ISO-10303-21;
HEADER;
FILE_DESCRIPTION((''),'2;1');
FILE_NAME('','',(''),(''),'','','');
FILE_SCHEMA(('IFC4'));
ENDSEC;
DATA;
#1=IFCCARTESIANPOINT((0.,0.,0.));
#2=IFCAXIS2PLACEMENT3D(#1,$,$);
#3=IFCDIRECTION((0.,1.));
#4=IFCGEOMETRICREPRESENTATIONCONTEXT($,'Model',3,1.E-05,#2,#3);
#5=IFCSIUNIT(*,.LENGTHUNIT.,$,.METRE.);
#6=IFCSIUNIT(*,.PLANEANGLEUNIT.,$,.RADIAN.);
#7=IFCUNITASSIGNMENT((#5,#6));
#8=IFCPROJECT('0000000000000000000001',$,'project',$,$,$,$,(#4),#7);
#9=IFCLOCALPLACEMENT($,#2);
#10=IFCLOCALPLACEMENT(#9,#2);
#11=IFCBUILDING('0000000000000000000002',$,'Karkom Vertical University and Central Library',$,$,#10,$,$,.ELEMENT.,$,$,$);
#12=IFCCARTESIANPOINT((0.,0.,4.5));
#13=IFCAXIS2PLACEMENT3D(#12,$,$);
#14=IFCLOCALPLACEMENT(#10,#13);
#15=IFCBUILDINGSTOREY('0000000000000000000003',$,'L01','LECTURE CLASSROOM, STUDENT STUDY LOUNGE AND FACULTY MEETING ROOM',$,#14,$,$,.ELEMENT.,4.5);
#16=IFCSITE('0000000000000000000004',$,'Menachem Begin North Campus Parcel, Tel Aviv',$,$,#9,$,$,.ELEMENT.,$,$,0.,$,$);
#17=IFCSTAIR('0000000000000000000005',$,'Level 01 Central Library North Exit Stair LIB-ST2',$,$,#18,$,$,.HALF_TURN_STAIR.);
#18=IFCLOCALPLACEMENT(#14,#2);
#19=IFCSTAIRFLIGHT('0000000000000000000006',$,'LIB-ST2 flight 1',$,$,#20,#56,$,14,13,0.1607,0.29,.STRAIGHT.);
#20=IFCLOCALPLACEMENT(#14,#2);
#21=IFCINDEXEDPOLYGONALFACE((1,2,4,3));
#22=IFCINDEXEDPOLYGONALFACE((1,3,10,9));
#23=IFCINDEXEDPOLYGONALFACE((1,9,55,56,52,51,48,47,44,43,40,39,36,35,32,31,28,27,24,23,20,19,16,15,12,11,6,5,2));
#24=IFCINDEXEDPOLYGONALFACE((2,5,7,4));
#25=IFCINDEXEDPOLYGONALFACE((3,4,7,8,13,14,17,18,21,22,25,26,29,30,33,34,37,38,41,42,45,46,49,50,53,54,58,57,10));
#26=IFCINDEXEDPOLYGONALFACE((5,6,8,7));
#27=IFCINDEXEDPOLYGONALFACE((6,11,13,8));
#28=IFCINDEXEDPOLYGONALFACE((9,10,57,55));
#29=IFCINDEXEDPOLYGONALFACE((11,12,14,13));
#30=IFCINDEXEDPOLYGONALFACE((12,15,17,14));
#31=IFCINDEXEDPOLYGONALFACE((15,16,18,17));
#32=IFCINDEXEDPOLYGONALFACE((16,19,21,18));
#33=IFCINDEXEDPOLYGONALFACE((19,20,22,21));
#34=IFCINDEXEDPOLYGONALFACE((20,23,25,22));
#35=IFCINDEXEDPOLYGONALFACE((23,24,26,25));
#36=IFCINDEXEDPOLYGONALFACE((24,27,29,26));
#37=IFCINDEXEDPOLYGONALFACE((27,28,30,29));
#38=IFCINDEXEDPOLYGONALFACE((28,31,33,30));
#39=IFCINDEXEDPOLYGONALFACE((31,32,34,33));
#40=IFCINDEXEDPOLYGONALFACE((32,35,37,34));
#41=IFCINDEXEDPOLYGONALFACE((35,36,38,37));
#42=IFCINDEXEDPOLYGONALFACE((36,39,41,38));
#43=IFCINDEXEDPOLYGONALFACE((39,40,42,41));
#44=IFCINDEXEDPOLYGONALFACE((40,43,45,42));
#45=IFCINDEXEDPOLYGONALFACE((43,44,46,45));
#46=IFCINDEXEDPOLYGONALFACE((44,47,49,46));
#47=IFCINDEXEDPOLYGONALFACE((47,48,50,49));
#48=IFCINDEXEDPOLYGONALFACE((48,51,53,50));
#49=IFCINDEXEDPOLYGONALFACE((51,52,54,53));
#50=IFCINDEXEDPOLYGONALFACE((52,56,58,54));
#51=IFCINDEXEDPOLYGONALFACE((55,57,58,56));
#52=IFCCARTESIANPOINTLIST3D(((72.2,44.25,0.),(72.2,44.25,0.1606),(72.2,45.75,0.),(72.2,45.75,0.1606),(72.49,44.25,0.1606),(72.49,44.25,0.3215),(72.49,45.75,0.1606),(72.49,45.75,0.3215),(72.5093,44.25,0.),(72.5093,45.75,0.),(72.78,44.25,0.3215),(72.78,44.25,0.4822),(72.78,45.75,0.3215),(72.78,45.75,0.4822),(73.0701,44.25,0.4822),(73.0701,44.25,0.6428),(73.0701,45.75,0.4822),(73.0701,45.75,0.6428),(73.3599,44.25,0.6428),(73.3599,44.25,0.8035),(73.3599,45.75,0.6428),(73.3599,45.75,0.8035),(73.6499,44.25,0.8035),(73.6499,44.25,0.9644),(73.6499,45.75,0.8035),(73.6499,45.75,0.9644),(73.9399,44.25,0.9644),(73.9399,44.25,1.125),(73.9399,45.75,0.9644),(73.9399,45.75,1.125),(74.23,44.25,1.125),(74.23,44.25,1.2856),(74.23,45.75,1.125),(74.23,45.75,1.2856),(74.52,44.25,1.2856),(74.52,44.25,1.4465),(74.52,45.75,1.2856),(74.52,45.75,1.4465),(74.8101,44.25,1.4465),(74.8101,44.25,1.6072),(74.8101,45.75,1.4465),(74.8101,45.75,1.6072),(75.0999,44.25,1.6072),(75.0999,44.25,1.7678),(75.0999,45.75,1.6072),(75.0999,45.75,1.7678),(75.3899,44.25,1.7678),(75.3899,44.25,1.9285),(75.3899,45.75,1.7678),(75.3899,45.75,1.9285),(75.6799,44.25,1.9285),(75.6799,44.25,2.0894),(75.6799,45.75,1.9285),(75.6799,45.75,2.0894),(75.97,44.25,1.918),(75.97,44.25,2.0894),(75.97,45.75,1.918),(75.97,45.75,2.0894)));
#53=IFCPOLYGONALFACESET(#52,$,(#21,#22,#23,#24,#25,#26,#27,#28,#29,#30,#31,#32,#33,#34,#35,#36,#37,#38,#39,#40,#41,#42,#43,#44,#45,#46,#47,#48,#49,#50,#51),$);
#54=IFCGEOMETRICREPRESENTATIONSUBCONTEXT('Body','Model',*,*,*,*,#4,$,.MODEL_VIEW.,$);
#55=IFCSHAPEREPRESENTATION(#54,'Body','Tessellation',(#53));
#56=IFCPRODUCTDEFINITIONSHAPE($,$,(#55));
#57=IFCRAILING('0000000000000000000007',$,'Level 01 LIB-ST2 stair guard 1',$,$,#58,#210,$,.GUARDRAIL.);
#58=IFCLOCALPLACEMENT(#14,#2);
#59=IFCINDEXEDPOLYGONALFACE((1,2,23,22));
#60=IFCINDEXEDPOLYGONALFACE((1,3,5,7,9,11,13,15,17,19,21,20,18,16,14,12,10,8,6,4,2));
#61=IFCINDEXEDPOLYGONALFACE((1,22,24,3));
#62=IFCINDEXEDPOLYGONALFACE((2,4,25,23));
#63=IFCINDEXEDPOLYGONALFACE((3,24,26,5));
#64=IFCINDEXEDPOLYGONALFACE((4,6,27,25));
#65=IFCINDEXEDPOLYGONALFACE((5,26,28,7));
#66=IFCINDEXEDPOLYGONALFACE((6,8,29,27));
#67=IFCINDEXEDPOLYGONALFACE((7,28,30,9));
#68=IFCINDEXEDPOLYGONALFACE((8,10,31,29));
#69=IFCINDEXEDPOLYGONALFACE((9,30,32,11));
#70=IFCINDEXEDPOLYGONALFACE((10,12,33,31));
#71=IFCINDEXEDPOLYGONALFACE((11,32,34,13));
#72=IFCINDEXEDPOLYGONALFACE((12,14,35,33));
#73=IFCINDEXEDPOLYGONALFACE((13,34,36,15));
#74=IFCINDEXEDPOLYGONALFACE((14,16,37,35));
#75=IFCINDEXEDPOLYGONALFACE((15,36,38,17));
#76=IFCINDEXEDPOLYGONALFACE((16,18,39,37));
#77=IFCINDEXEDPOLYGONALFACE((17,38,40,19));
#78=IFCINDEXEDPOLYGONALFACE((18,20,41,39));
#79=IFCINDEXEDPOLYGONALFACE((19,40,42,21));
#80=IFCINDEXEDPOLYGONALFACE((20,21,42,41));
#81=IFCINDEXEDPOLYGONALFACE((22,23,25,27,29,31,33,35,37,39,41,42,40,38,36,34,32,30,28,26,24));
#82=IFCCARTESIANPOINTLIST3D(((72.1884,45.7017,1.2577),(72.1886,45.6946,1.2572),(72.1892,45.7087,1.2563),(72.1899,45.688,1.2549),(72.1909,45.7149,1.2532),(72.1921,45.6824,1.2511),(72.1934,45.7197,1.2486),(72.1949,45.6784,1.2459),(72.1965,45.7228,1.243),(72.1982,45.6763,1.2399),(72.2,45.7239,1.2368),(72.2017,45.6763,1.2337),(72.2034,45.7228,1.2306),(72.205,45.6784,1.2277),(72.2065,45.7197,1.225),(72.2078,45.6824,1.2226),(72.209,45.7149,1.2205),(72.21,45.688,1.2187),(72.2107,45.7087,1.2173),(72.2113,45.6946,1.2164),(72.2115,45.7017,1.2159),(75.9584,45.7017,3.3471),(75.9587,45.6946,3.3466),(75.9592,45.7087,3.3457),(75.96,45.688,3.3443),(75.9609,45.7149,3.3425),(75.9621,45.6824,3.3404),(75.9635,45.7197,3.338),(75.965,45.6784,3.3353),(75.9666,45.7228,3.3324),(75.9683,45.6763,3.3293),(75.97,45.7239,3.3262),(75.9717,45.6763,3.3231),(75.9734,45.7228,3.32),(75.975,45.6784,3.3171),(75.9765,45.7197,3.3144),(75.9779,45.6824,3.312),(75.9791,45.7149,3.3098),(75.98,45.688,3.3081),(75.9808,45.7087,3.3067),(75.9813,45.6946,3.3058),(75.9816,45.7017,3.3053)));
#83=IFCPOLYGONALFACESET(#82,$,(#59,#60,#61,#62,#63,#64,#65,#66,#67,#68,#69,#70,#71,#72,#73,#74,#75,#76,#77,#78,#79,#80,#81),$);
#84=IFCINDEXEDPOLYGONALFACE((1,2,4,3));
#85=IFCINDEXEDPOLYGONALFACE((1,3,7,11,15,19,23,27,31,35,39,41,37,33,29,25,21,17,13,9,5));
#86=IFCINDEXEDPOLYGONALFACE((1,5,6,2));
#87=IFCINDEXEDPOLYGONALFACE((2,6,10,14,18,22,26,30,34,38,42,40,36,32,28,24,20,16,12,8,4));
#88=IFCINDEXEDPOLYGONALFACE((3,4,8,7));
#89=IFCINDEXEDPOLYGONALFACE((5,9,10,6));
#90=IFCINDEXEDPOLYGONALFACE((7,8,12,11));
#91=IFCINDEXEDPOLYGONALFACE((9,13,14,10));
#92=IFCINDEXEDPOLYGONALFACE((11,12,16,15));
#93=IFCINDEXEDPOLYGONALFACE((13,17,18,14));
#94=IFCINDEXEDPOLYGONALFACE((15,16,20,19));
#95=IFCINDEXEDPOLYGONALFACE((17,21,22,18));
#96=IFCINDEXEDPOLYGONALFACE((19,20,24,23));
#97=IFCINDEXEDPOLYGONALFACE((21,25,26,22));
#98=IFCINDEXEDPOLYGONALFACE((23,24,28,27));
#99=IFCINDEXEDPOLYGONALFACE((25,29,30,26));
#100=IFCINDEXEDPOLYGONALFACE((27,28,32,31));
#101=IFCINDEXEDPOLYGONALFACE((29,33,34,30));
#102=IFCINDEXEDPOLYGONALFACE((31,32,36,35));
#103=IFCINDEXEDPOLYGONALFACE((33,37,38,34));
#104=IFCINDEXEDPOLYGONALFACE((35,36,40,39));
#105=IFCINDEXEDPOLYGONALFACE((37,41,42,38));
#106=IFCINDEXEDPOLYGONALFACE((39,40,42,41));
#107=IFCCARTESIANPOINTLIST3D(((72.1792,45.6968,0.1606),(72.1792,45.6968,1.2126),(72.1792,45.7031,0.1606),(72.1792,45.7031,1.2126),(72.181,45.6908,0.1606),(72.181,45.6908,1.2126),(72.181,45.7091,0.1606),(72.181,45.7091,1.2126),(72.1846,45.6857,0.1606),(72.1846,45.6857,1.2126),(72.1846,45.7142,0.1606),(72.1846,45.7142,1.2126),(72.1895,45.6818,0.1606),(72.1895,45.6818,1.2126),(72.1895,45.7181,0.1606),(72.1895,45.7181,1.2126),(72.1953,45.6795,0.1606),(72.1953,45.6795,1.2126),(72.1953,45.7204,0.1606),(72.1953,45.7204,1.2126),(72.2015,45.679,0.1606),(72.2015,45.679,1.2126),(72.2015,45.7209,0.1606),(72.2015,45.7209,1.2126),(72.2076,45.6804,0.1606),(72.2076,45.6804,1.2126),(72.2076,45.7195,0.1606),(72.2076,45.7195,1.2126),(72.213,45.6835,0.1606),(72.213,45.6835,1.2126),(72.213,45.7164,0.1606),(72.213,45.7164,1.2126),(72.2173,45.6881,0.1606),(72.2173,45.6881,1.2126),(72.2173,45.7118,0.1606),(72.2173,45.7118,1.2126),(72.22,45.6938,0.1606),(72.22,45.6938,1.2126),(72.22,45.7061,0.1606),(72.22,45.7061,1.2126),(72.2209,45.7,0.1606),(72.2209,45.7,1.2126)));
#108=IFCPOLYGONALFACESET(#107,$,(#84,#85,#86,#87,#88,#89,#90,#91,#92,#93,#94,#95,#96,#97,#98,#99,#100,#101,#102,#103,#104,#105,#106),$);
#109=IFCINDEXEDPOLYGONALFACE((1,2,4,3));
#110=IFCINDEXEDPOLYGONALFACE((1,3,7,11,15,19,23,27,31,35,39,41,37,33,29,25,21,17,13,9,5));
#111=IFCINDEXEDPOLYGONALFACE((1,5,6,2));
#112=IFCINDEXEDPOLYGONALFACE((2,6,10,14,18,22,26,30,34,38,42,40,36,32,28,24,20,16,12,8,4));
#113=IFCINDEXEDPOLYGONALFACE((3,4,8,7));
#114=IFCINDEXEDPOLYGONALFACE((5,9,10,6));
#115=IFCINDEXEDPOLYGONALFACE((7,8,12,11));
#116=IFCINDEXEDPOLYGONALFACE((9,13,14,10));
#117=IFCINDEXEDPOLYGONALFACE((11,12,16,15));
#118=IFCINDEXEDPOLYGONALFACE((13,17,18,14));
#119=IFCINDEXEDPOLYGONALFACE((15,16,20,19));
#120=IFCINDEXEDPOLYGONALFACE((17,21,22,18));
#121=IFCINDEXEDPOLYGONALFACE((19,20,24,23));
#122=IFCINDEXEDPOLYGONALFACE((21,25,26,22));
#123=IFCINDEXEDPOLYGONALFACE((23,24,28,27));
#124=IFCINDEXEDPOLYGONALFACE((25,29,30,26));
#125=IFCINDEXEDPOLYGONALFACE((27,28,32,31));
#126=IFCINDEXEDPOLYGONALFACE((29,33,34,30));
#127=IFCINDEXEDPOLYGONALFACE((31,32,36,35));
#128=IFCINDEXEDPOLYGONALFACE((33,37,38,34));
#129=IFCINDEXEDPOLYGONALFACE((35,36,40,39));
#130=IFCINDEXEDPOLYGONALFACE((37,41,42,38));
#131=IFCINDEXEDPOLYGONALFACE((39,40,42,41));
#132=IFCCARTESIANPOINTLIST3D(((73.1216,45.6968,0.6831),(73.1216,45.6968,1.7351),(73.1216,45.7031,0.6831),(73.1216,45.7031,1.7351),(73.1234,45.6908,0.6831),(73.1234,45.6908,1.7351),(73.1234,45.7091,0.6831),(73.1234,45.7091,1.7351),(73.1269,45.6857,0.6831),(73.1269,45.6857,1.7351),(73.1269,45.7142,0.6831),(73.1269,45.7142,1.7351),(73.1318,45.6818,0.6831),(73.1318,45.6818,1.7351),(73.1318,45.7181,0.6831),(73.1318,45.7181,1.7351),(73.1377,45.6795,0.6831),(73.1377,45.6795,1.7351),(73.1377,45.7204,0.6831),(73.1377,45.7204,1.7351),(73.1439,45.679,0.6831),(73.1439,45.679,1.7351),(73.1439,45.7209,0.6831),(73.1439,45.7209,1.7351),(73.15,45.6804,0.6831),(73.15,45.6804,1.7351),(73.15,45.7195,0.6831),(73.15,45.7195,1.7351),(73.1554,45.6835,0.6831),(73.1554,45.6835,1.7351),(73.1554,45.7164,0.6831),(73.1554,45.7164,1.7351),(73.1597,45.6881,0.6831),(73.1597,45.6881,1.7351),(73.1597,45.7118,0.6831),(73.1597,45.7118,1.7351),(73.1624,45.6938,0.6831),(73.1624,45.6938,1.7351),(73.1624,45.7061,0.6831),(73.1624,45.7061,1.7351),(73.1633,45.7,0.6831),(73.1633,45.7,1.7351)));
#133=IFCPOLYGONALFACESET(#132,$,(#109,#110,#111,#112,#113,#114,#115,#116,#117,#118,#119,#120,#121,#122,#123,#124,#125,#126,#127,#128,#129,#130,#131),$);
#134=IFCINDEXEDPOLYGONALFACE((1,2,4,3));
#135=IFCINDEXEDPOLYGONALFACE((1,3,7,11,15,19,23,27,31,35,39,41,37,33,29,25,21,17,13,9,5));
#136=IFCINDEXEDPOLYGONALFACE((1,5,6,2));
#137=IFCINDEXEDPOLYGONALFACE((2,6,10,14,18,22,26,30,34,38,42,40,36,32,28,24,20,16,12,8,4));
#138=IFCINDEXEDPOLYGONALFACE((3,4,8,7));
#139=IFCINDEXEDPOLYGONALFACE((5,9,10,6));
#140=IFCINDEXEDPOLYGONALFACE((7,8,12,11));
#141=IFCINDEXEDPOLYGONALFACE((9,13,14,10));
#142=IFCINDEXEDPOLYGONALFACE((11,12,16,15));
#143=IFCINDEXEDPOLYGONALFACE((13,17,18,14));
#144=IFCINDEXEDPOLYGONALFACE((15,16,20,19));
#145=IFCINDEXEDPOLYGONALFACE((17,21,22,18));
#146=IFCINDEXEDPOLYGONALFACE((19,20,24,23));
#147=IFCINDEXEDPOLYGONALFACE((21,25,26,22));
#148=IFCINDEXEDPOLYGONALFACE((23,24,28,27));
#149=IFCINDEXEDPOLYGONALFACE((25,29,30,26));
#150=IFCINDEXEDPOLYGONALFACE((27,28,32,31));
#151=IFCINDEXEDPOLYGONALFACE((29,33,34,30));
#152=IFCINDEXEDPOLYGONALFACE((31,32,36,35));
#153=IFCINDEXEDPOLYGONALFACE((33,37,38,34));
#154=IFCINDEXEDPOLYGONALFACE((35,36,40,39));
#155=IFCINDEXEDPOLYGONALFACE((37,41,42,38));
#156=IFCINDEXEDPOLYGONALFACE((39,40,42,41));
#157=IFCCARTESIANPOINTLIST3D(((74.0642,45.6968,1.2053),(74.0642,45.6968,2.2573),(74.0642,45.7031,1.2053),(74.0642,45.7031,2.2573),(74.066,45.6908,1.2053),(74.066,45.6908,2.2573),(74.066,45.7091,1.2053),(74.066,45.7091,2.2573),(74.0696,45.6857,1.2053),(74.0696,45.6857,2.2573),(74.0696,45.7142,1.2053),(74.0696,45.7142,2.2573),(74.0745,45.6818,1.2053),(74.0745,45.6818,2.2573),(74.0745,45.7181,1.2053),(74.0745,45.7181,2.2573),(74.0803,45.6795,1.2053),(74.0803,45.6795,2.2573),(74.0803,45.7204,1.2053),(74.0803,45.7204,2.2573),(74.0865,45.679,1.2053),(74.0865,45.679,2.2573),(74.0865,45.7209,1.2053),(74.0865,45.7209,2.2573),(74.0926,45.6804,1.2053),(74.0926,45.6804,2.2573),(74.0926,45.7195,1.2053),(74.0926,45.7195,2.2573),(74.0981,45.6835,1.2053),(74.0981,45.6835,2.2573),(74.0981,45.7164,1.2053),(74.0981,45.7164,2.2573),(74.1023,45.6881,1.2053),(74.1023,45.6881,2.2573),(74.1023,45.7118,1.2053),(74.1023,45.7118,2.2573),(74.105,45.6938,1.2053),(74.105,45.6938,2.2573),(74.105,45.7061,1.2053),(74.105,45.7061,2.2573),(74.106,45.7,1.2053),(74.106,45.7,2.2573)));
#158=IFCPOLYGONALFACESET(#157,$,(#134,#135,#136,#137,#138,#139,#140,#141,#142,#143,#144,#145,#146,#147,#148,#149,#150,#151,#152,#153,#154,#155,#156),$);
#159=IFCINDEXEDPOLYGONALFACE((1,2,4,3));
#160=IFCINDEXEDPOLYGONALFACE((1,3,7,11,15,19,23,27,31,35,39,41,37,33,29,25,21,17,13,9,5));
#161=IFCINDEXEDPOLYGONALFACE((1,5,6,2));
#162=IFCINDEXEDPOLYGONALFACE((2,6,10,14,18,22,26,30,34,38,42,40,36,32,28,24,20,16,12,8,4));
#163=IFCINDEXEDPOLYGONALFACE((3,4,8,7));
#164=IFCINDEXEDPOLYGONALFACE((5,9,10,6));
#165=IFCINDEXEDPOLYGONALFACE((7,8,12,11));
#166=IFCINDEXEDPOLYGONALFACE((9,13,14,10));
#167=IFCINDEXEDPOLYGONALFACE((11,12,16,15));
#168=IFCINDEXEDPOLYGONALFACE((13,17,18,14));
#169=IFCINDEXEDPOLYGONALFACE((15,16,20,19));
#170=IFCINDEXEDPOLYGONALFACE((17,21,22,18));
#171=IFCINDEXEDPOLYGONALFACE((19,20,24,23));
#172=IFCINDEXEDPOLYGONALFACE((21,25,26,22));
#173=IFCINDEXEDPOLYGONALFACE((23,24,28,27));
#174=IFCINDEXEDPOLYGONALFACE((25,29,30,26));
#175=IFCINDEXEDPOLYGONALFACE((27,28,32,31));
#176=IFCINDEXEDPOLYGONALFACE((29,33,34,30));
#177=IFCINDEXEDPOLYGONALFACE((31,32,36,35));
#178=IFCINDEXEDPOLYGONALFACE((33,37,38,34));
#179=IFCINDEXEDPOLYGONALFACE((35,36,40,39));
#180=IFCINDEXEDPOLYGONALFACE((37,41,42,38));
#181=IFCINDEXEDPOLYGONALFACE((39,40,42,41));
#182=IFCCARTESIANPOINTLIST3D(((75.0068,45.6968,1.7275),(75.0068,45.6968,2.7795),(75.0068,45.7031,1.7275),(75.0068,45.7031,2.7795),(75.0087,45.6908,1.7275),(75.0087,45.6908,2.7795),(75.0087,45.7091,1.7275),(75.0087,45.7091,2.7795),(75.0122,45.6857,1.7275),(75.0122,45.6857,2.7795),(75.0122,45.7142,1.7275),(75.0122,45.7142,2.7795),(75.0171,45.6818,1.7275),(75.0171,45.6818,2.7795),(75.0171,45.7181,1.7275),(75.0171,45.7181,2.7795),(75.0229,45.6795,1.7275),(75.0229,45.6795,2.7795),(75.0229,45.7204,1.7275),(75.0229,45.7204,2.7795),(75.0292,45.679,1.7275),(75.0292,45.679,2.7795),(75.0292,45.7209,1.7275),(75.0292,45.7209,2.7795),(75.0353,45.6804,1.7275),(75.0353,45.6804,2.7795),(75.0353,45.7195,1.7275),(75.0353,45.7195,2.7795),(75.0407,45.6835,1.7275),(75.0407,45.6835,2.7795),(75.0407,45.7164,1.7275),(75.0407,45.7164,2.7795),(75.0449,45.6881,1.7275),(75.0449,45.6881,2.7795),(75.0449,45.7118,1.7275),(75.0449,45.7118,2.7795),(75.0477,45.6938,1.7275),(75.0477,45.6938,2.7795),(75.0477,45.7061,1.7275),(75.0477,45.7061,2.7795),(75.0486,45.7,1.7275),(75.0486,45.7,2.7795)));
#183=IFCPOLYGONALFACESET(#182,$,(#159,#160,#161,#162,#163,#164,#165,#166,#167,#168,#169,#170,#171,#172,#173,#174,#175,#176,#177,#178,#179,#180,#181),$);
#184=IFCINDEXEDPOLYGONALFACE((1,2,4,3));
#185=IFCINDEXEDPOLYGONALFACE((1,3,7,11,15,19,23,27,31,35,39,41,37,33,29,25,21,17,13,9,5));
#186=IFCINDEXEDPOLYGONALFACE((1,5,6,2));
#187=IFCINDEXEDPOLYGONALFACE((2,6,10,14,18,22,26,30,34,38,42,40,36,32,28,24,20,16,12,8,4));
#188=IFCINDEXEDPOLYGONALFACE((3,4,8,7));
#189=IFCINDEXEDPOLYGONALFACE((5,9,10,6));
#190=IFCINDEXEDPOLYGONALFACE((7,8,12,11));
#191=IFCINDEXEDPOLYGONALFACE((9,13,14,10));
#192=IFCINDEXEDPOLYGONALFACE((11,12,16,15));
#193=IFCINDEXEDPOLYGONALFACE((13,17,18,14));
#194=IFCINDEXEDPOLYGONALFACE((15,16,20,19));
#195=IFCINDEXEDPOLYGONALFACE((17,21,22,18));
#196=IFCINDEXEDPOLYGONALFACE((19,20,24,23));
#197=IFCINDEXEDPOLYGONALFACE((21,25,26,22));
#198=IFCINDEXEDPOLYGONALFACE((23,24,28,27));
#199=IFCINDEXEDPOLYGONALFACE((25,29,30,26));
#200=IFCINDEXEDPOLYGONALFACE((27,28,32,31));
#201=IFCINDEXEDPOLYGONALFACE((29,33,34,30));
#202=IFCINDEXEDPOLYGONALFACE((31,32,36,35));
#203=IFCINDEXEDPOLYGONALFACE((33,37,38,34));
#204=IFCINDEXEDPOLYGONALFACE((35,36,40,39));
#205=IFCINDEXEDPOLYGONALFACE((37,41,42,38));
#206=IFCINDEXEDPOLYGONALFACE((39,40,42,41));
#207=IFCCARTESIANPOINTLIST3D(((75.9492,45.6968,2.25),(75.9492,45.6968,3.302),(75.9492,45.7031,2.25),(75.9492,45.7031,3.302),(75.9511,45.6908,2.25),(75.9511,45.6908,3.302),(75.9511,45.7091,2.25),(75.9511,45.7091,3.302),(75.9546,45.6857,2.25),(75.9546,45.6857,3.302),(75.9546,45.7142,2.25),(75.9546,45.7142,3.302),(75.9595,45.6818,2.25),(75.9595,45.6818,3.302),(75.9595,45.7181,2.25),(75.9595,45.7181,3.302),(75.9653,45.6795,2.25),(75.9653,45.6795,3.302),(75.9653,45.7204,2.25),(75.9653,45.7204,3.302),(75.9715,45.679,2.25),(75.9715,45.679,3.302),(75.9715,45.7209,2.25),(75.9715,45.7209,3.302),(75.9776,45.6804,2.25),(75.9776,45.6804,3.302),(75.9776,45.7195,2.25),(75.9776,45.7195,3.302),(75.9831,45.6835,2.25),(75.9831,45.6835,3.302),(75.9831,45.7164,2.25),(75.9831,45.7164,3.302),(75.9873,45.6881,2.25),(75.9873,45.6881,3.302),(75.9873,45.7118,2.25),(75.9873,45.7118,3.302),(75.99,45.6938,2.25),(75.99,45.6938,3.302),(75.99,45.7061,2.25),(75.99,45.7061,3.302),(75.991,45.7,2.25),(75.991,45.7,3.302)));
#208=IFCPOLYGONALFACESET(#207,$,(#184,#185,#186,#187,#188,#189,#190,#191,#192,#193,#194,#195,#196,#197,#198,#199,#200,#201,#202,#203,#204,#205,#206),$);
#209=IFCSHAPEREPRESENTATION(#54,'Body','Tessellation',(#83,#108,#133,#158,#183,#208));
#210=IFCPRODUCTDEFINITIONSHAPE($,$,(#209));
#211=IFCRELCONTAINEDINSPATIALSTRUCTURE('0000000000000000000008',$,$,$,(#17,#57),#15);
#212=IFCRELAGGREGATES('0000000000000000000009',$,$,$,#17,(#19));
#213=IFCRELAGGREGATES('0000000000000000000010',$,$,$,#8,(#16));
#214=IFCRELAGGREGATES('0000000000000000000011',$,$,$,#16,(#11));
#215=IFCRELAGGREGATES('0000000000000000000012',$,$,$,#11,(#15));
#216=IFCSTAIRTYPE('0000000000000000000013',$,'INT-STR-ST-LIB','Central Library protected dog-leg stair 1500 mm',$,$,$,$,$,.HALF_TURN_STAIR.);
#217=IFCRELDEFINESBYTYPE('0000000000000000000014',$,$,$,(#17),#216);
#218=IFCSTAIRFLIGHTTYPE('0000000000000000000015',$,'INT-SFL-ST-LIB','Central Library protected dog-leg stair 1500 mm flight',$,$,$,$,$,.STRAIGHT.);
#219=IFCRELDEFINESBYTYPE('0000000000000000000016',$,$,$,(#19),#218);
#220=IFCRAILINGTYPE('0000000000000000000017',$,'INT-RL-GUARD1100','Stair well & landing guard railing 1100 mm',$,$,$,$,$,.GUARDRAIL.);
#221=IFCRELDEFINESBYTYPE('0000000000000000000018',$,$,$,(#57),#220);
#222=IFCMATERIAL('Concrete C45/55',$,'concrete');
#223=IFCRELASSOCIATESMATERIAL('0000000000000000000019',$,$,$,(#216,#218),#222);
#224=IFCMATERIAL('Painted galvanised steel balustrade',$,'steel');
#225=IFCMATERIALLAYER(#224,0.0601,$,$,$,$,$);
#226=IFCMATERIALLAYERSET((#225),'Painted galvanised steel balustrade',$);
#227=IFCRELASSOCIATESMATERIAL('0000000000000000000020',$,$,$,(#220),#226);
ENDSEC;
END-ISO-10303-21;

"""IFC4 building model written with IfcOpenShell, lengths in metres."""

from ifc_helpers import new_model, si_unit, direction, frame, origin, origin_2d, place, context, subcontext, project, spatial, polyline, circle, outline, extrude, material, layer, layer_set, type_object, element, aggregate, save


model = new_model("IFC4")

# Units and contexts
model_context = context("Model", 3, precision=1e-05, world=origin(), true_north=direction((0.0, 1.0)))
body_context = subcontext(model_context, "Body", "Model", "MODEL_VIEW")
ifc_project = project(units=[si_unit("LENGTHUNIT", "METRE"), si_unit("PLANEANGLEUNIT", "RADIAN")], contexts=[model_context])

# Site, building, storey
site_placement = place(None, origin())
site = spatial("IfcSite", under=ifc_project, at=site_placement, Name="Menachem Begin North Campus Parcel, Tel Aviv", CompositionType="ELEMENT", RefElevation=0.0)
building_placement = place(site_placement, origin())
building = spatial("IfcBuilding", under=site, at=building_placement, Name="Karkom Vertical University and Central Library", CompositionType="ELEMENT")
storey_placement = place(building_placement, frame((0.0, 0.0, 4.5)))
storey = spatial("IfcBuildingStorey", under=building, at=storey_placement, Name="L01", Description="LECTURE CLASSROOM, STUDENT STUDY LOUNGE AND FACULTY MEETING ROOM", CompositionType="ELEMENT", Elevation=4.5)

# Shared definitions
ifc_material_1 = material(Name="Concrete C45/55", Category="concrete")

# Stair, stair flight
stair_type = type_object("IfcStairType", Name="INT-STR-ST-LIB", Description="Central Library protected dog-leg stair 1500 mm", PredefinedType="HALF_TURN_STAIR", material=ifc_material_1)
stair_placement = place(storey_placement, origin())
stair = element("IfcStair", 1, at=stair_placement, inside=storey, type_object=stair_type, Name="Level 01 Central Library North Exit Stair LIB-ST2", PredefinedType="HALF_TURN_STAIR")
stair_flight_type = type_object("IfcStairFlightType", Name="INT-SFL-ST-LIB", Description="Central Library protected dog-leg stair 1500 mm flight", PredefinedType="STRAIGHT", material=ifc_material_1)
stair_flight_placement = place(storey_placement, frame((72.2, 45.0, 0.0), z_axis=(0.0, 0.0, 1.0), x_axis=(1.0, 0.0, 0.0)))
stair_flight = element("IfcStairFlight", 2, at=stair_flight_placement, type_object=stair_flight_type, Name="LIB-ST2 flight 1", NumberOfRisers=14, NumberOfTreads=13, PredefinedType="STRAIGHT", RiserHeight=0.1607, TreadLength=0.29, context=body_context, shape_type="SweptSolid", body=[
    extrude(outline(polyline([(0.0, 0.0), (0.0, 0.1606), (0.29, 0.1606), (0.29, 0.3215), (0.5801, 0.3215), (0.5801, 0.4822), (0.8701, 0.4822), (0.8701, 0.6428), (1.1599, 0.6428), (1.1599, 0.8035), (1.45, 0.8035), (1.45, 0.9644), (1.74, 0.9644), (1.74, 1.125), (2.03, 1.125), (2.03, 1.2856), (2.3201, 1.2856), (2.3201, 1.4465), (2.6101, 1.4465), (2.6101, 1.6072), (2.8999, 1.6072), (2.8999, 1.7678), (3.1899, 1.7678), (3.1899, 1.9285), (3.48, 1.9285), (3.48, 2.0894), (3.77, 2.0894), (3.77, 2.25), (3.77, 1.918), (0.3093, 0.0), (0.0, 0.0)])), frame((0.0, 0.75, 0.0), z_axis=(0.0, -1.0, 0.0), x_axis=(1.0, 0.0, 0.0)), (0.0, 0.0, 1.0), 1.5),
])
aggregate(stair, [stair_flight])

# Railing
ifc_material_2 = material(Name="Painted galvanised steel balustrade", Category="steel")
ifc_layer_1 = layer(ifc_material_2, 0.0601)
ifc_layer_set_1 = layer_set([ifc_layer_1], Name="Painted galvanised steel balustrade")
railing_type_1 = type_object("IfcRailingType", Name="INT-RL-GUARD1100", Description="Stair well & landing guard railing 1100 mm", PredefinedType="GUARDRAIL", material=ifc_layer_set_1)
railing_1_placement = place(storey_placement, frame((72.2, 45.7, 0.1606)))
element("IfcRailing", 3, at=railing_1_placement, inside=storey, type_object=railing_type_1, Name="Level 01 LIB-ST2 stair guard 1", PredefinedType="GUARDRAIL", context=body_context, shape_type="SweptSolid", body=[
    extrude(circle(Radius=0.0239, at=origin_2d()), frame((0.0, 0.0, 1.0762), z_axis=(0.874659, 0.0, 0.484739), x_axis=(0.0, 1.0, 0.0)), (0.0, 0.0, 1.0), 4.3103),
    extrude(circle(Radius=0.021, at=origin_2d()), origin(), (0.0, 0.0, 1.0), 1.052),
    extrude(circle(Radius=0.021, at=origin_2d()), frame((0.9424, 0.0, 0.5225)), (0.0, 0.0, 1.0), 1.052),
    extrude(circle(Radius=0.021, at=origin_2d()), frame((1.885, 0.0, 1.0447)), (0.0, 0.0, 1.0), 1.052),
    extrude(circle(Radius=0.021, at=origin_2d()), frame((2.8276, 0.0, 1.5669)), (0.0, 0.0, 1.0), 1.052),
    extrude(circle(Radius=0.021, at=origin_2d()), frame((3.77, 0.0, 2.0894)), (0.0, 0.0, 1.0), 1.052),
])

save(model, "model.ifc")
